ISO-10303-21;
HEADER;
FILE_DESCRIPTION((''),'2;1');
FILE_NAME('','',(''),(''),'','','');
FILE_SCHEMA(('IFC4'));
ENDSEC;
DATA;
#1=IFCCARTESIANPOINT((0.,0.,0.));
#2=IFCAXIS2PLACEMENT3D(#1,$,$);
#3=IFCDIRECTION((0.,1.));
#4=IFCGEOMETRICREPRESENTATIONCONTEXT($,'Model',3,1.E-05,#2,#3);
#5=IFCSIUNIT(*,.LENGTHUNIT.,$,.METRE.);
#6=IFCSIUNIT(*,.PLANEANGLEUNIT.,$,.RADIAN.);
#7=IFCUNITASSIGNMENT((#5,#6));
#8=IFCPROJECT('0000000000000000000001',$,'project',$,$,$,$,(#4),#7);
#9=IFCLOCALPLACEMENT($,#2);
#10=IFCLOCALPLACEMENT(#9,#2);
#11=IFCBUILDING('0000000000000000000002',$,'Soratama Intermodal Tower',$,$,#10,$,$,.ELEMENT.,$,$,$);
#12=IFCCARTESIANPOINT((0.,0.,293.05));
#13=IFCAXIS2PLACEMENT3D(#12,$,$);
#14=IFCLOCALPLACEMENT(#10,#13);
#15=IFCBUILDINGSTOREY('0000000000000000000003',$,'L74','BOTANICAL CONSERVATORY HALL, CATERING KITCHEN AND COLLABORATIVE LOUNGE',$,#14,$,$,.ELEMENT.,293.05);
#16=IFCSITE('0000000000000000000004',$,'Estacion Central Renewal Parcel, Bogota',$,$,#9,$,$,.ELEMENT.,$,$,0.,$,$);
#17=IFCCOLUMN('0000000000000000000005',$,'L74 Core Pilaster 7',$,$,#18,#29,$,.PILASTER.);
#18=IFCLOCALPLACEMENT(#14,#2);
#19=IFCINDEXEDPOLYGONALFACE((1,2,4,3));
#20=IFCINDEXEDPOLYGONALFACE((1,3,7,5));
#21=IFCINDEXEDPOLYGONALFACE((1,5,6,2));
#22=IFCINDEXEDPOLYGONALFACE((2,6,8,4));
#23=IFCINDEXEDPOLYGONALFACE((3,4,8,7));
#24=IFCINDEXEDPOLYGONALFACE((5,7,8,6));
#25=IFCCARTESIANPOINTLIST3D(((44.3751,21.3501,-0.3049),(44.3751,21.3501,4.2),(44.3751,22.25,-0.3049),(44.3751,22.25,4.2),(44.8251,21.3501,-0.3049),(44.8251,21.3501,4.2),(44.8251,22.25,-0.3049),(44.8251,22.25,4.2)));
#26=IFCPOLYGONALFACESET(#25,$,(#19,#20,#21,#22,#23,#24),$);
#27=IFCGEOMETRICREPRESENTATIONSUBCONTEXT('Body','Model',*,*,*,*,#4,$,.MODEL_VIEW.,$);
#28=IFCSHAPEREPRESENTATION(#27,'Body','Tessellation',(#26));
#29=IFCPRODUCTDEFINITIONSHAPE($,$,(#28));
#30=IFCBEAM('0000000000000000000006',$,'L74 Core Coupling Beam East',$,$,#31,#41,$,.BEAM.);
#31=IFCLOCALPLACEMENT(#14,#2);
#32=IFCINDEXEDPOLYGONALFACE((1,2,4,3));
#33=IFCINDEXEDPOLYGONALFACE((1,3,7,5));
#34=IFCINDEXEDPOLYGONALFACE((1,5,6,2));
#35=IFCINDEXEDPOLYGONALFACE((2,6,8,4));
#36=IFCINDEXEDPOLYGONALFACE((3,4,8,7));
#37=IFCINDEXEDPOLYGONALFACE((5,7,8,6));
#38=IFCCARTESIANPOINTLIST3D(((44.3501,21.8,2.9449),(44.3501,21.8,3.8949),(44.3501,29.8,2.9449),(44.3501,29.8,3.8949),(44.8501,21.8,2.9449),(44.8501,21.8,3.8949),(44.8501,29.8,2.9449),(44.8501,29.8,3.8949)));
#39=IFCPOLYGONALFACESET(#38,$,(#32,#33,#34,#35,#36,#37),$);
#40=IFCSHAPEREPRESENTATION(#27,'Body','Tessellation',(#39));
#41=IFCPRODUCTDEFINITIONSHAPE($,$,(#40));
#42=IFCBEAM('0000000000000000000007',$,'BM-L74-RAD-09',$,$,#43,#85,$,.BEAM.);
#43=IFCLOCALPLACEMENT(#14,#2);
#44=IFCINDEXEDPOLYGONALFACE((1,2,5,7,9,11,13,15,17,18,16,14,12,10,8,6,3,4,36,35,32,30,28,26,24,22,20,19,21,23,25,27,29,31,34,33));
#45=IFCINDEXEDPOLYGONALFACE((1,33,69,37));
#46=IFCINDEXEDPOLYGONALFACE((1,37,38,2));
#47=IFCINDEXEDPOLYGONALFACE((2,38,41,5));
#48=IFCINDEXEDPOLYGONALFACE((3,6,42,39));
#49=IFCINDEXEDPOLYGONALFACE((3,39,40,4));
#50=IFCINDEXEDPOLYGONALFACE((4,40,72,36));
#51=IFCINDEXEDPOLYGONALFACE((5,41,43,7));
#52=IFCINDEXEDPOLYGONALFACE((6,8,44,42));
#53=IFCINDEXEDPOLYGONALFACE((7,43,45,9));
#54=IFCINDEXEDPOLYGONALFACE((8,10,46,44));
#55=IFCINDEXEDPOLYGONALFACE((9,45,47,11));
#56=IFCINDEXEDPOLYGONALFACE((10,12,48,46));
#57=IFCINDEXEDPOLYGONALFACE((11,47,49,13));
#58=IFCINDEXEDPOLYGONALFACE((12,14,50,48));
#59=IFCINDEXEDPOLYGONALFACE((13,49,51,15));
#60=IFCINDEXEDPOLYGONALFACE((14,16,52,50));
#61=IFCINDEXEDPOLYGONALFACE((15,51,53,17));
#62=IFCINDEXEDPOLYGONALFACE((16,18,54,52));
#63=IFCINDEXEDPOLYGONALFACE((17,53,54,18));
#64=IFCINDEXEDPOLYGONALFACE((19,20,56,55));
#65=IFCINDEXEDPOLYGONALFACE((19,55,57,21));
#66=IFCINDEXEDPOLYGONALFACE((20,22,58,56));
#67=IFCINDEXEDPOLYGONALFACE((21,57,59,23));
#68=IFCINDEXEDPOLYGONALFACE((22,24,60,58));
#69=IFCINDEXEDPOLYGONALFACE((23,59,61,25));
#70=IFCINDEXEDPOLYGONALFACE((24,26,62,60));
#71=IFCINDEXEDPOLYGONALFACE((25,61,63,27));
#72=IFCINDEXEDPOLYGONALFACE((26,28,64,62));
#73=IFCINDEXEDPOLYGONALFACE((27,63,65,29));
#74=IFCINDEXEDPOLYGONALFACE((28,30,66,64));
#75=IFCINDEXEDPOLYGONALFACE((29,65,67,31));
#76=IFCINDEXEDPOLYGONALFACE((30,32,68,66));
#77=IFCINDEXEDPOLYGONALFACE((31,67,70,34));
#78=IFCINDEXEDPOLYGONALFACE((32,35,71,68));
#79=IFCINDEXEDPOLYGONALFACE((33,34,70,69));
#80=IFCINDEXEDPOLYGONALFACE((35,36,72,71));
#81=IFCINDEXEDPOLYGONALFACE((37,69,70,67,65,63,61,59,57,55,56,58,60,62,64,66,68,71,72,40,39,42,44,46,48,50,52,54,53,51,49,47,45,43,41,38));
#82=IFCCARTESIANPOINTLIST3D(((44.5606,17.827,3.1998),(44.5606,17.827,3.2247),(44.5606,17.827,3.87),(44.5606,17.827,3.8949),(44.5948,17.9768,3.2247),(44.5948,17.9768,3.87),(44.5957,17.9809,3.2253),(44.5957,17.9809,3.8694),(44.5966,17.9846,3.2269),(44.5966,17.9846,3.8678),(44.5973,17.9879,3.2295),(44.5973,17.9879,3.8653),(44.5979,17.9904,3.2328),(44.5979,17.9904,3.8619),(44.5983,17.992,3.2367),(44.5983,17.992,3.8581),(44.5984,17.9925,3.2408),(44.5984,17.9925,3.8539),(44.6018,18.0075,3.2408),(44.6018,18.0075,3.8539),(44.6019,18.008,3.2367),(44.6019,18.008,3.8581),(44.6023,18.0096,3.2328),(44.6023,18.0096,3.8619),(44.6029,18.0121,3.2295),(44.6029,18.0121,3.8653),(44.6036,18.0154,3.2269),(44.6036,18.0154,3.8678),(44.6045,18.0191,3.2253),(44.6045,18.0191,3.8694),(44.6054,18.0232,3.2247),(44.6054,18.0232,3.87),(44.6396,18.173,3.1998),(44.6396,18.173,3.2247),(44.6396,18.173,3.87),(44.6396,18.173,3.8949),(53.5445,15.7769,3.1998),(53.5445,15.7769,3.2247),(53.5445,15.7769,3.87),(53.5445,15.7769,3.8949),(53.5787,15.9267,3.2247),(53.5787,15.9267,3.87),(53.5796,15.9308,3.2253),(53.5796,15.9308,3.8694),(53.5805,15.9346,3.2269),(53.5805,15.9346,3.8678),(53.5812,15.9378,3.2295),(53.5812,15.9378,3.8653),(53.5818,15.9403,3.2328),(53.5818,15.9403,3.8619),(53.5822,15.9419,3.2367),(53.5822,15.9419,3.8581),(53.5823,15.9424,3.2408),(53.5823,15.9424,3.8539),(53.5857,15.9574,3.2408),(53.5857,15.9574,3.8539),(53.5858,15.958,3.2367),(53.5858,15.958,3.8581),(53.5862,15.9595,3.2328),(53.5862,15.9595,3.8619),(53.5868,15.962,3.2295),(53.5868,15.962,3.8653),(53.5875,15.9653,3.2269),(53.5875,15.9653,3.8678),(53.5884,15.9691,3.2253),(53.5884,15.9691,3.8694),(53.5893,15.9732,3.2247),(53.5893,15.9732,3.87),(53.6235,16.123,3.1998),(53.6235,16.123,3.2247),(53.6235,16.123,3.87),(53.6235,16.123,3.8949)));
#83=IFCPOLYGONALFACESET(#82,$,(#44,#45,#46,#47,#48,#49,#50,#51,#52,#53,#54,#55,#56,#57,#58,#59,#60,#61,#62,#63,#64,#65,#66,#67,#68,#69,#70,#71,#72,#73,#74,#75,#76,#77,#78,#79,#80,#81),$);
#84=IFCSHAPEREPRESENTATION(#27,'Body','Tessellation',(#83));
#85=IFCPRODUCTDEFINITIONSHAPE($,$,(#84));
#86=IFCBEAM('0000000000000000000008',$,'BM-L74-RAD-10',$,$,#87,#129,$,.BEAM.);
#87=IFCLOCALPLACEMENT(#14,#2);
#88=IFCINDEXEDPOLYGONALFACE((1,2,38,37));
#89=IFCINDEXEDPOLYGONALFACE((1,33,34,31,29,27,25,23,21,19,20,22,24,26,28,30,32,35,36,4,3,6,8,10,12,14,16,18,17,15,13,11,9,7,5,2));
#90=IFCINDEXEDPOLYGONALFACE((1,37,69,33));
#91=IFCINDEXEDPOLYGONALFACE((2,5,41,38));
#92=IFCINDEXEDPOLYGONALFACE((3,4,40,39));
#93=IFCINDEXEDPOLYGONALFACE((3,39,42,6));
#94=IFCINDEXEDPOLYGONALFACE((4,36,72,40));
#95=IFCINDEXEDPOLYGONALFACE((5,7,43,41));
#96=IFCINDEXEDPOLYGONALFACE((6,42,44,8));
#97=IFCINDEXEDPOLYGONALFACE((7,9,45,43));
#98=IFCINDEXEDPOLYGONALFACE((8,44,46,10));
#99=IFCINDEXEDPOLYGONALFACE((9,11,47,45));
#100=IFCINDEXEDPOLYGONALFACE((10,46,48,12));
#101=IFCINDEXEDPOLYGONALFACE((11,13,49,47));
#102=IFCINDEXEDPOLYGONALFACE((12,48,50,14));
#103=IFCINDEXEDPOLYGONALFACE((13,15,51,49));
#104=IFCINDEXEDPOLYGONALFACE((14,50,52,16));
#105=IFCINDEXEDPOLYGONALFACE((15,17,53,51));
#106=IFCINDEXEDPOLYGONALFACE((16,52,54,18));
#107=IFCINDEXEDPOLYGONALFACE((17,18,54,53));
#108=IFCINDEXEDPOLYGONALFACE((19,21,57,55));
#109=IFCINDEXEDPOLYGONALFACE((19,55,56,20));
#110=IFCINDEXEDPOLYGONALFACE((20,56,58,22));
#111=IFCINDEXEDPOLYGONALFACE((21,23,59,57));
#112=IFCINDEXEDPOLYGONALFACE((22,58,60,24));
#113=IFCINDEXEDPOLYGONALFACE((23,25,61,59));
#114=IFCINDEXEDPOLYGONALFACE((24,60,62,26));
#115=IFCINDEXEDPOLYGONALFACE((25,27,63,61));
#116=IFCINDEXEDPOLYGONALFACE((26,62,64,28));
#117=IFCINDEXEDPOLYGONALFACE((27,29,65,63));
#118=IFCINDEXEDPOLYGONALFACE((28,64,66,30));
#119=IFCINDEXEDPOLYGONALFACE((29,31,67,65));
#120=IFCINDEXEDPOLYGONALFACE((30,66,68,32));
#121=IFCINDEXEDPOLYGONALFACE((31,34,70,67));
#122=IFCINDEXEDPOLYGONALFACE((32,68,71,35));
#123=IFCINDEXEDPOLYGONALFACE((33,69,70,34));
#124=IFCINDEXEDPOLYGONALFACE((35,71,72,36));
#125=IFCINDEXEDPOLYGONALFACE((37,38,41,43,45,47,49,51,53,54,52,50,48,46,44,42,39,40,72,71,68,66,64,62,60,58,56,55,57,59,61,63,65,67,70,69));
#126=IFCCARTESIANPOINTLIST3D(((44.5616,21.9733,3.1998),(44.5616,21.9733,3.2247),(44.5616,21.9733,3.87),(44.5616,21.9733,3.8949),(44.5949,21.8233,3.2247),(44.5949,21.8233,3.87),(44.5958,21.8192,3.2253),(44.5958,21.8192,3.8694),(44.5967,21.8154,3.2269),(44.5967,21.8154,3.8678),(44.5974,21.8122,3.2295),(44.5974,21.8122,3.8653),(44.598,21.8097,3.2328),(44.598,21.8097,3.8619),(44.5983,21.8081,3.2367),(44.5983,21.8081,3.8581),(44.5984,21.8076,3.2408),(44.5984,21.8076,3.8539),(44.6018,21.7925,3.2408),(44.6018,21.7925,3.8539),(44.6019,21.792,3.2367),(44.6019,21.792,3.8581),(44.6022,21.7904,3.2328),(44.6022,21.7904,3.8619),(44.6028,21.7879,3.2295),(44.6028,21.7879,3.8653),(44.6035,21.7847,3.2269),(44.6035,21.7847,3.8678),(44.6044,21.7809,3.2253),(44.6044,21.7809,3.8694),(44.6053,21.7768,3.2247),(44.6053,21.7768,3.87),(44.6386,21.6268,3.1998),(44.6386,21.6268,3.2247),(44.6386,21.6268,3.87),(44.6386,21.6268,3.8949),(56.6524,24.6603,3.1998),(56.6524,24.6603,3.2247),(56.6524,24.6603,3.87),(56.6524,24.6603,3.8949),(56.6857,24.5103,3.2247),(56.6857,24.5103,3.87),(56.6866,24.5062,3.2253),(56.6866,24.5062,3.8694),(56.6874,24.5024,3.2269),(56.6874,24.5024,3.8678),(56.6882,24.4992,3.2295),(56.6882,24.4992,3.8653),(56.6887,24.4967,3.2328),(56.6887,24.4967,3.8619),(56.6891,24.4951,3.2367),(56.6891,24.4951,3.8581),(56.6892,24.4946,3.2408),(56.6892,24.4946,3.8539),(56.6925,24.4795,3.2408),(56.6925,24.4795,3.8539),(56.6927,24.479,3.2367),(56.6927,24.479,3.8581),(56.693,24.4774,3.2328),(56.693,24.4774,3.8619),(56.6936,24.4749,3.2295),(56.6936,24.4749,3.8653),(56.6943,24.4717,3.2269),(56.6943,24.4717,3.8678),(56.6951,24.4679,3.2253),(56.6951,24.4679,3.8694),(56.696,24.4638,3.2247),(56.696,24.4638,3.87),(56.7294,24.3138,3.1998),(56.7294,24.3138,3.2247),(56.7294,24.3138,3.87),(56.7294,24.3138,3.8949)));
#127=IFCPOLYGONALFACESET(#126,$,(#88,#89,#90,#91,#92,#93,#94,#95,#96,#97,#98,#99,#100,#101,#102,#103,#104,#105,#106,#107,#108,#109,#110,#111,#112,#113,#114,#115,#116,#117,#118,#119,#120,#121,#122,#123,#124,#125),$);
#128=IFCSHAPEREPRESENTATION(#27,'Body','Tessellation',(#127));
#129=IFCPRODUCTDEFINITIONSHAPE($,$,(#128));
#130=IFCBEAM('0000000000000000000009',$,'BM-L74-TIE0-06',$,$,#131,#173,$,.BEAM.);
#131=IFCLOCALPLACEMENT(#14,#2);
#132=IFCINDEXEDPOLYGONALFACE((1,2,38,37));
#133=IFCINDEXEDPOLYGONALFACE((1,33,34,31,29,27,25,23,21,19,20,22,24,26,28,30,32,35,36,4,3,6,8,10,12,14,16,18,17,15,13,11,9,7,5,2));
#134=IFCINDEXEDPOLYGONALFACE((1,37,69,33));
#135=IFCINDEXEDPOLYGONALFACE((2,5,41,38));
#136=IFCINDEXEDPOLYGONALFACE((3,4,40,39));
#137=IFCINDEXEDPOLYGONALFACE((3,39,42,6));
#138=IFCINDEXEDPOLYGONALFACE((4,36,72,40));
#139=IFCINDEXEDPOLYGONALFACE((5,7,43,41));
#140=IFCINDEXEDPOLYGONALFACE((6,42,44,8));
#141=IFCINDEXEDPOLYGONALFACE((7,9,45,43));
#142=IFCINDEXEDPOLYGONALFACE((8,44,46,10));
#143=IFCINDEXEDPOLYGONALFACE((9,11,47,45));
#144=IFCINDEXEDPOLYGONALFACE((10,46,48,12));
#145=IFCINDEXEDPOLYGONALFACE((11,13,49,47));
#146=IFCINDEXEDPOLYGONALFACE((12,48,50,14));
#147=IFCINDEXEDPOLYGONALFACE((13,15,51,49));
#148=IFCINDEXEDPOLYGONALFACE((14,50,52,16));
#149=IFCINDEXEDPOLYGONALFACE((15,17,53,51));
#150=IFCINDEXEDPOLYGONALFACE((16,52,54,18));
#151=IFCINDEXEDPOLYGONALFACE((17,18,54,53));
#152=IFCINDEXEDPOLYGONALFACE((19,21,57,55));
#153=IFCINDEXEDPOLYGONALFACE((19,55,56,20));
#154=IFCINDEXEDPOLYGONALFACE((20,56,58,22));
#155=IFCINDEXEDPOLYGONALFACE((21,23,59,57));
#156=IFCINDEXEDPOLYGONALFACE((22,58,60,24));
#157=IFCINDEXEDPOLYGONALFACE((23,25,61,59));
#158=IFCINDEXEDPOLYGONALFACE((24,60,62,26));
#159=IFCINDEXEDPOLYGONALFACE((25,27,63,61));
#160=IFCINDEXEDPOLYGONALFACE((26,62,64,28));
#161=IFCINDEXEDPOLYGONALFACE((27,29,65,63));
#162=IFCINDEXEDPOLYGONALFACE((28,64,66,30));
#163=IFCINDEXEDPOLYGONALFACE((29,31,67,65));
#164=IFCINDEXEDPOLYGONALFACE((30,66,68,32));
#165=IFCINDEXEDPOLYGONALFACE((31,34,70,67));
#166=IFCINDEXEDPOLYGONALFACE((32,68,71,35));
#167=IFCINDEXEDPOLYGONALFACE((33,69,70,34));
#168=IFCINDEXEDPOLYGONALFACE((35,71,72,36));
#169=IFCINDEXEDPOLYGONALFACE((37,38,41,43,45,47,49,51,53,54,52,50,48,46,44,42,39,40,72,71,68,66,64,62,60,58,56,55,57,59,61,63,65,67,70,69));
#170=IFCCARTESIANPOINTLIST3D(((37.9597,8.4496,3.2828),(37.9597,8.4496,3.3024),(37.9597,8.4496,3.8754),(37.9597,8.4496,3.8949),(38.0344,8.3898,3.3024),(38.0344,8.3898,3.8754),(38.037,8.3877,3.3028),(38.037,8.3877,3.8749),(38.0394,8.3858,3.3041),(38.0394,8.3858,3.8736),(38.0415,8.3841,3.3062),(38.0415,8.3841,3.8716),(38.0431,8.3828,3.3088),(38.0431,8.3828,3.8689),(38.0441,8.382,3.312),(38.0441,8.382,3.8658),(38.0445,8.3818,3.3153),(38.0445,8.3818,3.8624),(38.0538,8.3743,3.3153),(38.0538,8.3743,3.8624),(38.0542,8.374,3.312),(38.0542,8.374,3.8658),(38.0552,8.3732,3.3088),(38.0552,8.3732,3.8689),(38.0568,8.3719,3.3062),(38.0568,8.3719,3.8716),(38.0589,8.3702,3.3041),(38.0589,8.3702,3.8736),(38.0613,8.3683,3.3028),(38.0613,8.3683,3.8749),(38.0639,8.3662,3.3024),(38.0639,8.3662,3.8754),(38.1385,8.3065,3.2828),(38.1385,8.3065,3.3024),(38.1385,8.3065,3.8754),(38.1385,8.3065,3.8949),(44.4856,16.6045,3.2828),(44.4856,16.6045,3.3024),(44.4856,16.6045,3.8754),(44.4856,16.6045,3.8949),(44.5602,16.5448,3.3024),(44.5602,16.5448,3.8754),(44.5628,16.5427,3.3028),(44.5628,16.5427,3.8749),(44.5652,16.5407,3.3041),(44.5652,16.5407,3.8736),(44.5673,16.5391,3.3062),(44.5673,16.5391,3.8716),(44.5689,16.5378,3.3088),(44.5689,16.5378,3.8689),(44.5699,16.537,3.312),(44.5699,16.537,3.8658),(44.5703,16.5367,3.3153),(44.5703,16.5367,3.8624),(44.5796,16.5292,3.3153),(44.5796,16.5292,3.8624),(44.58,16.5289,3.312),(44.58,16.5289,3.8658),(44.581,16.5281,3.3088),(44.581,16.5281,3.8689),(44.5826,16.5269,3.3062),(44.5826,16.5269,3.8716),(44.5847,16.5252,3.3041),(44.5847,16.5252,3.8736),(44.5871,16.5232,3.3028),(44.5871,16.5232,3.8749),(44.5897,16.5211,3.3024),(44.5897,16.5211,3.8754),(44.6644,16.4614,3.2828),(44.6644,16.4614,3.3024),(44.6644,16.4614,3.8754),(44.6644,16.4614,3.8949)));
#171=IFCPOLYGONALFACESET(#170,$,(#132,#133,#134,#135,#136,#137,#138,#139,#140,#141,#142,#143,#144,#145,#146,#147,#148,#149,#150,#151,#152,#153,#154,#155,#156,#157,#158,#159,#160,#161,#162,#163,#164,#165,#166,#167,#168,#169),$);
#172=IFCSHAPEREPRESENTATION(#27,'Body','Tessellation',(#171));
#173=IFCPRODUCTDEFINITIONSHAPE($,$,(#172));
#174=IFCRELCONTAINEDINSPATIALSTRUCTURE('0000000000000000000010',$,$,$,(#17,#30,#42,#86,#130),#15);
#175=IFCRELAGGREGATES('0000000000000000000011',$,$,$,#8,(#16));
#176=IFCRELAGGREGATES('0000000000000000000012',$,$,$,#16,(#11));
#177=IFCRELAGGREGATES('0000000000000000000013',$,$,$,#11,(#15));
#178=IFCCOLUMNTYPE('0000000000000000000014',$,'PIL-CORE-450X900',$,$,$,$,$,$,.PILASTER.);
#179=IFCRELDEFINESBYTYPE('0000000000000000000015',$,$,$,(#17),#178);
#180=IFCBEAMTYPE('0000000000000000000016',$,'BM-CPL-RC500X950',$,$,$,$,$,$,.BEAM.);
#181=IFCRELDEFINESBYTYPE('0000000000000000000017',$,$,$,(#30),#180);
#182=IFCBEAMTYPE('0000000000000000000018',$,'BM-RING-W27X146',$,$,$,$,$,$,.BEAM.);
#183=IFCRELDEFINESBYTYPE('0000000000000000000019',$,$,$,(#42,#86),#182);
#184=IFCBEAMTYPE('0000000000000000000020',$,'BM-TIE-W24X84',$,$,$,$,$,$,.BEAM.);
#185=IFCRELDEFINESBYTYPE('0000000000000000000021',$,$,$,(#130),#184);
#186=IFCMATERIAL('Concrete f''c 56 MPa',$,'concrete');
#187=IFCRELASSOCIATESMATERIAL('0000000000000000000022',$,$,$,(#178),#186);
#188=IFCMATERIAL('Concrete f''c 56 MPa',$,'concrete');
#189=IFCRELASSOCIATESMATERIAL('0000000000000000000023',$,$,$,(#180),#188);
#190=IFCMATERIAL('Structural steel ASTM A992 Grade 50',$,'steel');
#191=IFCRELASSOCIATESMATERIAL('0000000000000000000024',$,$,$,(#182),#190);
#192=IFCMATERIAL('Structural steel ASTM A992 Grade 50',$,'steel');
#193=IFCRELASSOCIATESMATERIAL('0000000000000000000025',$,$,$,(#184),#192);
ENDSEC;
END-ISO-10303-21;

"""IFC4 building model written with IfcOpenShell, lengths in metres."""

from ifc_helpers import new_model, si_unit, direction, frame, origin, origin_2d, place, context, subcontext, project, spatial, rectangle, i_section, extrude, material, material_profile, profile_set, type_object, element, save


model = new_model("IFC4")

# Units and contexts
model_context = context("Model", 3, precision=1e-05, world=origin(), true_north=direction((0.0, 1.0)))
body_context = subcontext(model_context, "Body", "Model", "MODEL_VIEW")
ifc_project = project(units=[si_unit("LENGTHUNIT", "METRE"), si_unit("PLANEANGLEUNIT", "RADIAN")], contexts=[model_context])

# Site, building, storey
site_placement = place(None, origin())
site = spatial("IfcSite", under=ifc_project, at=site_placement, Name="Estacion Central Renewal Parcel, Bogota", CompositionType="ELEMENT", RefElevation=0.0)
building_placement = place(site_placement, origin())
building = spatial("IfcBuilding", under=site, at=building_placement, Name="Soratama Intermodal Tower", CompositionType="ELEMENT")
storey_placement = place(building_placement, frame((0.0, 0.0, 293.05)))
storey = spatial("IfcBuildingStorey", under=building, at=storey_placement, Name="L74", Description="BOTANICAL CONSERVATORY HALL, CATERING KITCHEN AND COLLABORATIVE LOUNGE", CompositionType="ELEMENT", Elevation=293.05)

# Column
ifc_material_1 = material(Name="Concrete f'c 56 MPa", Category="concrete")
ifc_material_profile_1 = material_profile(ifc_material_1, rectangle(XDim=0.45, YDim=0.8999, at=origin_2d()), Name="RC450X900")
ifc_profile_set_1 = profile_set([ifc_material_profile_1], Name="Concrete f'c 56 MPa")
column_type = type_object("IfcColumnType", Name="PIL-CORE-450X900", PredefinedType="PILASTER", material=ifc_profile_set_1)
column_placement = place(storey_placement, frame((44.6001, 21.8, -0.3049), z_axis=(0.0, 0.0, 1.0), x_axis=(1.0, 0.0, 0.0)))
element("IfcColumn", 1, at=column_placement, inside=storey, type_object=column_type, Name="L74 Core Pilaster 7", PredefinedType="PILASTER", context=body_context, shape_type="SweptSolid", body=[
    extrude(rectangle(XDim=0.45, YDim=0.8999, at=origin_2d()), origin(), (0.0, 0.0, 1.0), 4.5049),
])

# Beams
ifc_material_2 = material(Name="Concrete f'c 56 MPa", Category="concrete")
ifc_material_profile_2 = material_profile(ifc_material_2, rectangle(XDim=0.5, YDim=0.95, at=origin_2d()), Name="RC500X950")
ifc_profile_set_2 = profile_set([ifc_material_profile_2], Name="Concrete f'c 56 MPa")
beam_type_1 = type_object("IfcBeamType", Name="BM-CPL-RC500X950", PredefinedType="BEAM", material=ifc_profile_set_2)
beam_1_placement = place(storey_placement, frame((44.6001, 21.8, 3.4199), z_axis=(0.0, 1.0, 0.0), x_axis=(-1.0, 0.0, 0.0)))
element("IfcBeam", 2, at=beam_1_placement, inside=storey, type_object=beam_type_1, Name="L74 Core Coupling Beam East", PredefinedType="BEAM", context=body_context, shape_type="SweptSolid", body=[
    extrude(rectangle(XDim=0.5, YDim=0.95, at=origin_2d()), origin(), (0.0, 0.0, 1.0), 8.0),
])
ifc_material_3 = material(Name="Structural steel ASTM A992 Grade 50", Category="steel")
ifc_material_profile_3 = material_profile(ifc_material_3, i_section(OverallWidth=0.355, OverallDepth=0.6951, WebThickness=0.0154, FlangeThickness=0.0249, FilletRadius=0.0161, at=origin_2d()), Name="W27X146")
ifc_profile_set_3 = profile_set([ifc_material_profile_3], Name="Structural steel ASTM A992 Grade 50")
beam_type_2 = type_object("IfcBeamType", Name="BM-RING-W27X146", PredefinedType="BEAM", material=ifc_profile_set_3)
beam_2_placement = place(storey_placement, frame((44.6001, 18.0, 3.5474), z_axis=(0.974939, -0.222473, 0.0), x_axis=(0.222473, 0.974939, 0.0)))
element("IfcBeam", 3, at=beam_2_placement, inside=storey, type_object=beam_type_2, Name="BM-L74-RAD-09", PredefinedType="BEAM", context=body_context, shape_type="SweptSolid", body=[
    extrude(i_section(OverallWidth=0.355, OverallDepth=0.6951, WebThickness=0.0154, FlangeThickness=0.0249, FilletRadius=0.0161, at=origin_2d()), origin(), (0.0, 0.0, 1.0), 9.2148),
])
beam_3_placement = place(storey_placement, frame((44.6001, 21.8, 3.5474), z_axis=(0.976184, 0.216943, 0.0), x_axis=(-0.216943, 0.976184, 0.0)))
element("IfcBeam", 4, at=beam_3_placement, inside=storey, type_object=beam_type_2, Name="BM-L74-RAD-10", PredefinedType="BEAM", context=body_context, shape_type="SweptSolid", body=[
    extrude(i_section(OverallWidth=0.355, OverallDepth=0.6951, WebThickness=0.0154, FlangeThickness=0.0249, FilletRadius=0.0161, at=origin_2d()), origin(), (0.0, 0.0, 1.0), 12.3857),
])
ifc_material_4 = material(Name="Structural steel ASTM A992 Grade 50", Category="steel")
ifc_material_profile_4 = material_profile(ifc_material_4, i_section(OverallWidth=0.229, OverallDepth=0.6121, WebThickness=0.012, FlangeThickness=0.0195, FilletRadius=0.0129, at=origin_2d()), Name="W24X84")
ifc_profile_set_4 = profile_set([ifc_material_profile_4], Name="Structural steel ASTM A992 Grade 50")
beam_type_3 = type_object("IfcBeamType", Name="BM-TIE-W24X84", PredefinedType="BEAM", material=ifc_profile_set_4)
beam_4_placement = place(storey_placement, frame((44.575, 16.533, 3.5889), z_axis=(-0.624803, -0.780782, 0.0), x_axis=(0.780782, -0.624803, 0.0)))
element("IfcBeam", 5, at=beam_4_placement, inside=storey, type_object=beam_type_3, Name="BM-L74-TIE0-06", PredefinedType="BEAM", context=body_context, shape_type="SweptSolid", body=[
    extrude(i_section(OverallWidth=0.229, OverallDepth=0.6121, WebThickness=0.012, FlangeThickness=0.0195, FilletRadius=0.0129, at=origin_2d()), origin(), (0.0, 0.0, 1.0), 10.4446),
])

save(model, "model.ifc")
